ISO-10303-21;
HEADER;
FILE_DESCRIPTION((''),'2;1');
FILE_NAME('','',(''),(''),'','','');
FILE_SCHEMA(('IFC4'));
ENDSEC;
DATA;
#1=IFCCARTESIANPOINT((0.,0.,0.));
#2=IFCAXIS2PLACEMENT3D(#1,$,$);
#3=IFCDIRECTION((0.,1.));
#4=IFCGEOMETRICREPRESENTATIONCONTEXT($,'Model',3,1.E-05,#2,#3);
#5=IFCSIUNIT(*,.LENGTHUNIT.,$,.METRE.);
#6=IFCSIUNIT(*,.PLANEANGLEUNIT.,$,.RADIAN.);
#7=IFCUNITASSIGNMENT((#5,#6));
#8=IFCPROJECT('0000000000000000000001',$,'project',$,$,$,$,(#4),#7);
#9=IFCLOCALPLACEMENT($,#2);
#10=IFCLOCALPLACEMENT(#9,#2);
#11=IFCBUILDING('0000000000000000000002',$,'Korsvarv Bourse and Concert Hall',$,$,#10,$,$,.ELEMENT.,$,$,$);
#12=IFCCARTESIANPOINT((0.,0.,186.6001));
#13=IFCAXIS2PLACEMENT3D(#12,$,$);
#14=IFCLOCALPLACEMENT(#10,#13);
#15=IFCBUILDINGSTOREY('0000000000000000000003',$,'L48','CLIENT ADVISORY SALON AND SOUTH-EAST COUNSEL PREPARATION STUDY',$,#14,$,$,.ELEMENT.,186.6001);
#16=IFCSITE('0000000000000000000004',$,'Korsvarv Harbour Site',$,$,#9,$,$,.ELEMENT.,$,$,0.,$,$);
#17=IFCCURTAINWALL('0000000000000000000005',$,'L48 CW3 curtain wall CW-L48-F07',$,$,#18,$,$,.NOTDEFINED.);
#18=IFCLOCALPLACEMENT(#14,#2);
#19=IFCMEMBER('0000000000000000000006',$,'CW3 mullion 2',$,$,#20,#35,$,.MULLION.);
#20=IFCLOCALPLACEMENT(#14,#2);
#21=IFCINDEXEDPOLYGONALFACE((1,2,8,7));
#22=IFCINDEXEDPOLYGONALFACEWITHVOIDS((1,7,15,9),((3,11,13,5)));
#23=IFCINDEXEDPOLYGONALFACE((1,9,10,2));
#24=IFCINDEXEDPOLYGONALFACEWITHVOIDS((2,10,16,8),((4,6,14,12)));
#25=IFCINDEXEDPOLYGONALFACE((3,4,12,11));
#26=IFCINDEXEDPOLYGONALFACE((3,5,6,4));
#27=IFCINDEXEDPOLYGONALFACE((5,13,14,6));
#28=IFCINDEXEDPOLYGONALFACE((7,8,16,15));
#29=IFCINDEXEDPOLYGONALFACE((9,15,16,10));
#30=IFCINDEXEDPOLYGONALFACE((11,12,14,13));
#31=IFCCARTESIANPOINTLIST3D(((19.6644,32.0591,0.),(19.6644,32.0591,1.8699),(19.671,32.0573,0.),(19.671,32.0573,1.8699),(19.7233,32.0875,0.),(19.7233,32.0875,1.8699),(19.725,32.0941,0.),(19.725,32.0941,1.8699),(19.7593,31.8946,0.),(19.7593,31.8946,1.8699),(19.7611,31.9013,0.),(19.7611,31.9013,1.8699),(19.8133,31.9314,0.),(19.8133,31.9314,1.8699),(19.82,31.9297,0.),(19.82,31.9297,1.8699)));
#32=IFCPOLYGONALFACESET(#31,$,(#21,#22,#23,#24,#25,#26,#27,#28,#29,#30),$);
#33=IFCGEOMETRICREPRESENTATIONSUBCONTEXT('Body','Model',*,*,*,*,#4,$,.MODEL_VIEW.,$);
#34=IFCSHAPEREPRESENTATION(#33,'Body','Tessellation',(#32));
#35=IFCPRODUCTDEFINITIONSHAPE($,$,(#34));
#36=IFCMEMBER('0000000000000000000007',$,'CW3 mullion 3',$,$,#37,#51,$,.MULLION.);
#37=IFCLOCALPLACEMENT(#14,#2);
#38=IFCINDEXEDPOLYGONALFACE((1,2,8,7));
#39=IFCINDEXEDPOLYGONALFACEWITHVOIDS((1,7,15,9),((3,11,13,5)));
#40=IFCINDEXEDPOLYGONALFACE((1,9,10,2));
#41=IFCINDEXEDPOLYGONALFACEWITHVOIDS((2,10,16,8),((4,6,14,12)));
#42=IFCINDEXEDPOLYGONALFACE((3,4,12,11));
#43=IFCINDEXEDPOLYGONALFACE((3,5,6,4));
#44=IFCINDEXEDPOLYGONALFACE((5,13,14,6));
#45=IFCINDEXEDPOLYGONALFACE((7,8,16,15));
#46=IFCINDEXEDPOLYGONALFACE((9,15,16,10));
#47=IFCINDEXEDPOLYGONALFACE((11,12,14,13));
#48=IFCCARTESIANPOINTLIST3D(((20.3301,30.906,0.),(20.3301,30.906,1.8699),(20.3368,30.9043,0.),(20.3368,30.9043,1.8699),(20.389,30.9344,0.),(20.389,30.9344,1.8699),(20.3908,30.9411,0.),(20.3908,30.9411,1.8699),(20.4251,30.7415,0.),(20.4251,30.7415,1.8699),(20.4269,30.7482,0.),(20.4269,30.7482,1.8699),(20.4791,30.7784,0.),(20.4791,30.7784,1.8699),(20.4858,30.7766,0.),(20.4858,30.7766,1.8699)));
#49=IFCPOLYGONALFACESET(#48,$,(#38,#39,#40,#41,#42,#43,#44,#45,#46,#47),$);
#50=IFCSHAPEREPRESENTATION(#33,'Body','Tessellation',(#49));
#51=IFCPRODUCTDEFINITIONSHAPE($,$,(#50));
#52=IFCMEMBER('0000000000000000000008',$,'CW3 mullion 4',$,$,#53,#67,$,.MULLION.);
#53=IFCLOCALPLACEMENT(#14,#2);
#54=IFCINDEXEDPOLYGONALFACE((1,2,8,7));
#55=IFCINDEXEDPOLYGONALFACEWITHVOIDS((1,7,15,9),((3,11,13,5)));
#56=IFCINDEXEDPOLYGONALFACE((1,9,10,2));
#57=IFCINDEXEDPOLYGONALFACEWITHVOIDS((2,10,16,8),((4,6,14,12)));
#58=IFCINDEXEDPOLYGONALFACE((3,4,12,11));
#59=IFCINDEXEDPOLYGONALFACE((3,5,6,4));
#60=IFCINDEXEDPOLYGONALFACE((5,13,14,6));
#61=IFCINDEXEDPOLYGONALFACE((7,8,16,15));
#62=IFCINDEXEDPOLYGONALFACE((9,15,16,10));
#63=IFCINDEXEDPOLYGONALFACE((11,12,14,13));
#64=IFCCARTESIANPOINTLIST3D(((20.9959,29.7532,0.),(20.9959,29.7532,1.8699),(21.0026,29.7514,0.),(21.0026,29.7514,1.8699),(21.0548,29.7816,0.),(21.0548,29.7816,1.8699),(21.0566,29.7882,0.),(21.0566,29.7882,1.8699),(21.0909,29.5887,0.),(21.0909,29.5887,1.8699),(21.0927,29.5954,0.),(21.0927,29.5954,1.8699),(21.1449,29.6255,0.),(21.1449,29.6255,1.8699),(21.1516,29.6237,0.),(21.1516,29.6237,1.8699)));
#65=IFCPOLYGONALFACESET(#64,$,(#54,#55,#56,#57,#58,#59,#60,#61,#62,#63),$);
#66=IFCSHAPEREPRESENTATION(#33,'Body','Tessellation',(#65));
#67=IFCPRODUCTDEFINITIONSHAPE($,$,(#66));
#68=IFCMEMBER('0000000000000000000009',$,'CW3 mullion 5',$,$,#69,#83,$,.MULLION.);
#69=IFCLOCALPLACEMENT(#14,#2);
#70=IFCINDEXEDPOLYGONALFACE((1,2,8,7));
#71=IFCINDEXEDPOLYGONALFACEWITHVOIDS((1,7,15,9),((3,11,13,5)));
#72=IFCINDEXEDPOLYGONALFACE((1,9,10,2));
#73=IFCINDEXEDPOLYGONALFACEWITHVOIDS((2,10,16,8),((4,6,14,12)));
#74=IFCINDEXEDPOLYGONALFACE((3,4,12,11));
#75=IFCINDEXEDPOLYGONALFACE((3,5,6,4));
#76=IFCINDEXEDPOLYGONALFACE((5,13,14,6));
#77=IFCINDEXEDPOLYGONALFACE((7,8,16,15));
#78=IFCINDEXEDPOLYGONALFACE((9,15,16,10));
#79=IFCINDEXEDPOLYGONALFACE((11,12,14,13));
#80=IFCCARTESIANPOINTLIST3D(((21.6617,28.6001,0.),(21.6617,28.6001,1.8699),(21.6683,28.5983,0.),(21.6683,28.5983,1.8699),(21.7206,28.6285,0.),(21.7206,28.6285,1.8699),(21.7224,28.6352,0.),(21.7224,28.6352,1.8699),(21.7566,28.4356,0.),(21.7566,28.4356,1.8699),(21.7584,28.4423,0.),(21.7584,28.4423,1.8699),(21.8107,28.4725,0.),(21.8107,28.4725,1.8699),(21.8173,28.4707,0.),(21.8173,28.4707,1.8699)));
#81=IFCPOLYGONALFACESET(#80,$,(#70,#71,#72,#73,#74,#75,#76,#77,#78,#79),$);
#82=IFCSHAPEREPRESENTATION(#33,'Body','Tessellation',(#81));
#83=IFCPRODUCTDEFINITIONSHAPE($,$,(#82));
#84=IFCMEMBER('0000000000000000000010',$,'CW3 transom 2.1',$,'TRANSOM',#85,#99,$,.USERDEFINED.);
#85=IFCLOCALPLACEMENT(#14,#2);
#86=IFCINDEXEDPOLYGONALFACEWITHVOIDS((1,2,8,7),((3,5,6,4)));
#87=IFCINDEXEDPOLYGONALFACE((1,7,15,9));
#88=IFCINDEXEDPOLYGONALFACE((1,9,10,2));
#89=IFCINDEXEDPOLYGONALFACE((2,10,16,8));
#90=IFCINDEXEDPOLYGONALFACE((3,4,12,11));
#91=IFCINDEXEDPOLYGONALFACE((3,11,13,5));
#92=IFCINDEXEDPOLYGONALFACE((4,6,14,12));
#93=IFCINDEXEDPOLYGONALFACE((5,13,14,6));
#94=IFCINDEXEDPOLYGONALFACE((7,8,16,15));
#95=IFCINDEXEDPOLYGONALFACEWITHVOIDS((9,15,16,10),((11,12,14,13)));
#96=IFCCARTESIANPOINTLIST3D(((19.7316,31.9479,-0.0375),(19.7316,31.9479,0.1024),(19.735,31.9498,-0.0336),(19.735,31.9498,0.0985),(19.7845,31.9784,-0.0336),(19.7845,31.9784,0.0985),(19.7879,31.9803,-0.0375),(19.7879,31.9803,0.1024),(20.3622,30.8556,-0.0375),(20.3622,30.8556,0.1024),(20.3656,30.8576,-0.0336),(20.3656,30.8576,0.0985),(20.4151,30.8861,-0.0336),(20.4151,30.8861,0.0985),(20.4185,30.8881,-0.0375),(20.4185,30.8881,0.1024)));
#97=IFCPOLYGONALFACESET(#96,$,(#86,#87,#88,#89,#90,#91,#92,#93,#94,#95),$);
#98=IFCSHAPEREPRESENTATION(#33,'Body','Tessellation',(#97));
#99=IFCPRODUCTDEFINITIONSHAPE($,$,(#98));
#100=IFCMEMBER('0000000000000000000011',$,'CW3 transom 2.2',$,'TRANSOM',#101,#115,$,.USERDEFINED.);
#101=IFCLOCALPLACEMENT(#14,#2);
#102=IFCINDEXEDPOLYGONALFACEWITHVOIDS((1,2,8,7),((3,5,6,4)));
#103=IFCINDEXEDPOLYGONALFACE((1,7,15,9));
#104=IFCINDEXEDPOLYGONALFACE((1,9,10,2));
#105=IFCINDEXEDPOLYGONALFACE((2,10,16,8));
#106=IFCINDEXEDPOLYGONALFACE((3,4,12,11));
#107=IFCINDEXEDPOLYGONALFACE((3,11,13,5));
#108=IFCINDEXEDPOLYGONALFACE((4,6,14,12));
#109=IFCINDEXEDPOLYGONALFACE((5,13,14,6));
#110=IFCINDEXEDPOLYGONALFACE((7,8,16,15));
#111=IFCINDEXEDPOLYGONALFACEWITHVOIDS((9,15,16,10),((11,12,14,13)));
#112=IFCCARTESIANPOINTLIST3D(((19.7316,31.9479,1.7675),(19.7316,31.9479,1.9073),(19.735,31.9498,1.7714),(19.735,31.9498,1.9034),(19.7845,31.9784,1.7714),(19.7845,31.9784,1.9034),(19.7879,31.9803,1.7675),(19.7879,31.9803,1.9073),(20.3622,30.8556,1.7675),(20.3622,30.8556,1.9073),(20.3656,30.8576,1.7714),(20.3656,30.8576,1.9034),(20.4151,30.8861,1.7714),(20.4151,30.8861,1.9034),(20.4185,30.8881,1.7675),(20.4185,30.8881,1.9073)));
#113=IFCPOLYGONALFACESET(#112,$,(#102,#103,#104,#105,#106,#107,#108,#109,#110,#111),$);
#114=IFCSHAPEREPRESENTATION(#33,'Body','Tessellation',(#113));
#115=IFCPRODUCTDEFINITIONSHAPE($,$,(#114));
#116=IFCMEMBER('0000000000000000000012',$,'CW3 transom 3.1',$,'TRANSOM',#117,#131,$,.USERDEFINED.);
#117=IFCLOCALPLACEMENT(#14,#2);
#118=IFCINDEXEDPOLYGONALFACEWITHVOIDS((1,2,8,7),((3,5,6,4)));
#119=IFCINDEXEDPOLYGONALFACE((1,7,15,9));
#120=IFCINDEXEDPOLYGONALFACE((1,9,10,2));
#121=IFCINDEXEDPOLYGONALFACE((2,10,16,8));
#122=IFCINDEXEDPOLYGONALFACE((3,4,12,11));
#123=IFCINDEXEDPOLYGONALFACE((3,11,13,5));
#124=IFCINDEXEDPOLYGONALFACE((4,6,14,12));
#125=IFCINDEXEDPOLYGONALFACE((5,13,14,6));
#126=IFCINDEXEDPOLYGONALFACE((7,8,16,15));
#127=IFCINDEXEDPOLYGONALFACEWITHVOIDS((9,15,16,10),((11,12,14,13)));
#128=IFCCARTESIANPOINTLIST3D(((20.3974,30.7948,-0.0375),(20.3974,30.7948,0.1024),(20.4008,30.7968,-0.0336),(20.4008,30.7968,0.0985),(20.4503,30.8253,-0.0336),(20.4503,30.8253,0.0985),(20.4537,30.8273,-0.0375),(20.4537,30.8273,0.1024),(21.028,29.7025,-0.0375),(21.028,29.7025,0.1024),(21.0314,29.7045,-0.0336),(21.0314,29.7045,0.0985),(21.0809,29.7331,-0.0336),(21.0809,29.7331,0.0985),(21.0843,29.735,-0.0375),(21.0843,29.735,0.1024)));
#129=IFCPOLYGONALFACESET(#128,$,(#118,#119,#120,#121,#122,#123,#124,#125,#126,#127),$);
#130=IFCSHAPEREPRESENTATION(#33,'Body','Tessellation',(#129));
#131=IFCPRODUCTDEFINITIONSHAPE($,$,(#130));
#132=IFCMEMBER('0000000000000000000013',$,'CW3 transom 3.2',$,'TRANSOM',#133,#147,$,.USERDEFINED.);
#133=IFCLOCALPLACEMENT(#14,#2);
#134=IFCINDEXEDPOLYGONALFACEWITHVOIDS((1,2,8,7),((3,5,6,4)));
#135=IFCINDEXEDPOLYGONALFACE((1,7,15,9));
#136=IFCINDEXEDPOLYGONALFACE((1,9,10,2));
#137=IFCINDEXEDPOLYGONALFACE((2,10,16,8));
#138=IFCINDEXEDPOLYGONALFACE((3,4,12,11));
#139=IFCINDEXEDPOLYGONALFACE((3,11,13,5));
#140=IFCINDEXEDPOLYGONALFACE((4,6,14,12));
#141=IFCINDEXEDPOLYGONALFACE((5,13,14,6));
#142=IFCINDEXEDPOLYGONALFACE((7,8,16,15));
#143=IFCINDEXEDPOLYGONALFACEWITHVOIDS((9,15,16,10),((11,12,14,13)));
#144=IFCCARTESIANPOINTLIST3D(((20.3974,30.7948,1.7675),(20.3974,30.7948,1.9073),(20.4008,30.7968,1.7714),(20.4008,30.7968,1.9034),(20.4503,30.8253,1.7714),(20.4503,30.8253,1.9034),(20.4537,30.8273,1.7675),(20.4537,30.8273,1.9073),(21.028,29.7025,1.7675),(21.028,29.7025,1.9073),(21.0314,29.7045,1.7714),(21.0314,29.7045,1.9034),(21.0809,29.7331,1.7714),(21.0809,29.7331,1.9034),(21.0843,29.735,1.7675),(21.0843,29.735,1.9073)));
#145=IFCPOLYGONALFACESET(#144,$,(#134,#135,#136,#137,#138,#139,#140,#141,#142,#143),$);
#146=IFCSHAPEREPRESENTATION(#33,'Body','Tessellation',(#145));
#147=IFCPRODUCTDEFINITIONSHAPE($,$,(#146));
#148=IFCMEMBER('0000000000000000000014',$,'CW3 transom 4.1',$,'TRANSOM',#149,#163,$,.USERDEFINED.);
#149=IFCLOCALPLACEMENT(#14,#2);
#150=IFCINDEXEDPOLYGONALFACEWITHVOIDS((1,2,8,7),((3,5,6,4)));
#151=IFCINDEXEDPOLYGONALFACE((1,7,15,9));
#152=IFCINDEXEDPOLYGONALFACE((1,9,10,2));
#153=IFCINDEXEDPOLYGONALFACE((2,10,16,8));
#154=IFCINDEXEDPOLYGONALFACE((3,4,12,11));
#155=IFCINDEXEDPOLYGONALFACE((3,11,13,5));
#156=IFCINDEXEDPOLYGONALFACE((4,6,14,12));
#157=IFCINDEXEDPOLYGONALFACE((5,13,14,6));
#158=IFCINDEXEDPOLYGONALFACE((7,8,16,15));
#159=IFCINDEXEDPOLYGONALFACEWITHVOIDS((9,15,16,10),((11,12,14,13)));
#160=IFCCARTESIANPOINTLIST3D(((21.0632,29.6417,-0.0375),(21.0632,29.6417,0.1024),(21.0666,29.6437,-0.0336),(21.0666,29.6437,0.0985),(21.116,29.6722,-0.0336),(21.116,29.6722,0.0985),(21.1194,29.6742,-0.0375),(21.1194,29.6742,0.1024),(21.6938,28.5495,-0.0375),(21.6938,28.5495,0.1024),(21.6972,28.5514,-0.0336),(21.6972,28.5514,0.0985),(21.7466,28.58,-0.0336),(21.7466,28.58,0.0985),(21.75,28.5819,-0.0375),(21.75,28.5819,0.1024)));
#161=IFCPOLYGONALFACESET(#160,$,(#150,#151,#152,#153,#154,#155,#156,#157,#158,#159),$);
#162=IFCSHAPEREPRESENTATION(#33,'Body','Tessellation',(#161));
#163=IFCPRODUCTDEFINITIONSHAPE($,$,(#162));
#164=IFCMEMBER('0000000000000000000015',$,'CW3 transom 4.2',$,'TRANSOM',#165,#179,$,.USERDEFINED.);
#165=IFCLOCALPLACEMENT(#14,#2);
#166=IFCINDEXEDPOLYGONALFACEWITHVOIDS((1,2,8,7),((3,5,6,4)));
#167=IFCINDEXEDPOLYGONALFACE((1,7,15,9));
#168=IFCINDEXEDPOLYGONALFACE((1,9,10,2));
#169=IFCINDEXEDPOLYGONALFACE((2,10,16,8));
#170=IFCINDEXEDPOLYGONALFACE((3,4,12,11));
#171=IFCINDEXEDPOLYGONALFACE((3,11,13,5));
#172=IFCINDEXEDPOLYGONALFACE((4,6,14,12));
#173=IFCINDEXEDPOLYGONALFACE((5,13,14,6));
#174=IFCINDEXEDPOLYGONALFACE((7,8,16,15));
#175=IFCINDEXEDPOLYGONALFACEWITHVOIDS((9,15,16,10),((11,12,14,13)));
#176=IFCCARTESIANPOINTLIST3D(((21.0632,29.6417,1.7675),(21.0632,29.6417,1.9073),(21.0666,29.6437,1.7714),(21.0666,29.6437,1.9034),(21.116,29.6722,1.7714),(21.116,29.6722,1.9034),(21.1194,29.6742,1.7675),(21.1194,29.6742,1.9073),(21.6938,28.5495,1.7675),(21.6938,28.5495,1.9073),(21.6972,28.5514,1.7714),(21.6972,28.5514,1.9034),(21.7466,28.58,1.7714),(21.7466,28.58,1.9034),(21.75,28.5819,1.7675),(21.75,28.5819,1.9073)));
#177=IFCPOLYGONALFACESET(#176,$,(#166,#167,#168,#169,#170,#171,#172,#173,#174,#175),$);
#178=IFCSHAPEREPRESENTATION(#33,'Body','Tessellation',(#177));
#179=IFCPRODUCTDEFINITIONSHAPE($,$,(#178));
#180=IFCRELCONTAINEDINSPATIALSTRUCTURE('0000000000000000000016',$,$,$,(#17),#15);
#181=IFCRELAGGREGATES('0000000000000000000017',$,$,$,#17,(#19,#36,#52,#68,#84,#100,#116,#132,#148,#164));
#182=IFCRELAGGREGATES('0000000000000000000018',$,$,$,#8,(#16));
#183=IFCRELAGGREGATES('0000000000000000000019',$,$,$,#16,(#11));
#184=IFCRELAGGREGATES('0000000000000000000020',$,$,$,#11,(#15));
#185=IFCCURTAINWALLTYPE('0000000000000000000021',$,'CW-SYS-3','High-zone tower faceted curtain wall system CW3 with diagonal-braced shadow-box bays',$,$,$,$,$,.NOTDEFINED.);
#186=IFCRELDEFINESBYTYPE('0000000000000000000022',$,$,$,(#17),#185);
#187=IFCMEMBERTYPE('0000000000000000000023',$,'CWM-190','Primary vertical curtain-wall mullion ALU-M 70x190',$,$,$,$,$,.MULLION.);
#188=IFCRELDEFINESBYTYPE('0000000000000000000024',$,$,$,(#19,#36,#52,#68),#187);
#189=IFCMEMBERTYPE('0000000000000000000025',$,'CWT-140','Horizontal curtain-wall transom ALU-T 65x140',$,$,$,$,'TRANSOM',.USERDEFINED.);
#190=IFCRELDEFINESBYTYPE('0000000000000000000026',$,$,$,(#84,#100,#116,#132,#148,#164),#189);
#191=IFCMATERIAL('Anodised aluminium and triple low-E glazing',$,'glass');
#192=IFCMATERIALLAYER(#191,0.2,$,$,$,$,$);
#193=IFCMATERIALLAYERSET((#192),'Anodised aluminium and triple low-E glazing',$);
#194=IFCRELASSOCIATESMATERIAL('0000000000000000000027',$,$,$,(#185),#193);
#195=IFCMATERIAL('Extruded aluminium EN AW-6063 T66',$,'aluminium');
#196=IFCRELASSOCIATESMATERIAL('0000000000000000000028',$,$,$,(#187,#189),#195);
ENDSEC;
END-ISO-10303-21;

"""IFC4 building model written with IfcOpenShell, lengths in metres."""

from ifc_helpers import new_model, si_unit, direction, frame, origin, origin_2d, place, context, subcontext, project, spatial, hollow_rectangle, extrude, source, transform, mapped, material, layer, layer_set, material_profile, profile_set, type_object, element, aggregate, save


model = new_model("IFC4")

# Units and contexts
model_context = context("Model", 3, precision=1e-05, world=origin(), true_north=direction((0.0, 1.0)))
body_context = subcontext(model_context, "Body", "Model", "MODEL_VIEW")
ifc_project = project(units=[si_unit("LENGTHUNIT", "METRE"), si_unit("PLANEANGLEUNIT", "RADIAN")], contexts=[model_context])

# Site, building, storey
site_placement = place(None, origin())
site = spatial("IfcSite", under=ifc_project, at=site_placement, Name="Korsvarv Harbour Site", CompositionType="ELEMENT", RefElevation=0.0)
building_placement = place(site_placement, origin())
building = spatial("IfcBuilding", under=site, at=building_placement, Name="Korsvarv Bourse and Concert Hall", CompositionType="ELEMENT")
storey_placement = place(building_placement, frame((0.0, 0.0, 186.6001)))
storey = spatial("IfcBuildingStorey", under=building, at=storey_placement, Name="L48", Description="CLIENT ADVISORY SALON AND SOUTH-EAST COUNSEL PREPARATION STUDY", CompositionType="ELEMENT", Elevation=186.6001)

# Curtain wall, members
ifc_material_1 = material(Name="Anodised aluminium and triple low-E glazing", Category="glass")
ifc_layer_1 = layer(ifc_material_1, 0.2)
ifc_layer_set_1 = layer_set([ifc_layer_1], Name="Anodised aluminium and triple low-E glazing")
curtain_wall_type = type_object("IfcCurtainWallType", Name="CW-SYS-3", Description="High-zone tower faceted curtain wall system CW3 with diagonal-braced shadow-box bays", PredefinedType="NOTDEFINED", material=ifc_layer_set_1)
curtain_wall_placement = place(storey_placement, origin())
curtain_wall = element("IfcCurtainWall", 1, at=curtain_wall_placement, inside=storey, type_object=curtain_wall_type, Name="L48 CW3 curtain wall CW-L48-F07", PredefinedType="NOTDEFINED")
ifc_material_2 = material(Name="Extruded aluminium EN AW-6063 T66", Category="aluminium")
ifc_material_profile_1 = material_profile(ifc_material_2, hollow_rectangle(XDim=0.0701, YDim=0.1899, WallThickness=0.0049, at=origin_2d()), Name="ALU-M 70x190")
ifc_profile_set_1 = profile_set([ifc_material_profile_1], Name="Extruded aluminium EN AW-6063 T66")
member_type_1 = type_object("IfcMemberType", Name="CWM-190", Description="Primary vertical curtain-wall mullion ALU-M 70x190", PredefinedType="MULLION", material=ifc_profile_set_1)
shared_shape_1 = source(origin(), body_context, "Body", "SweptSolid", [
    extrude(hollow_rectangle(XDim=0.0701, YDim=0.1899, WallThickness=0.0049, at=origin_2d()), origin(), (0.0, 0.0, 1.0), 1.8699),
])
member_1_placement = place(storey_placement, frame((19.7422, 31.9944, 0.0), z_axis=(0.0, 0.0, 1.0), x_axis=(0.866029, 0.499994, 0.0)))
member_1 = element("IfcMember", 2, at=member_1_placement, type_object=member_type_1, Name="CW3 mullion 2", PredefinedType="MULLION", context=body_context, shape_type="MappedRepresentation", body=[
    mapped(shared_shape_1, transform((0.0, 0.0, 0.0), scale=1.0)),
])
member_2_placement = place(storey_placement, frame((20.408, 30.8413, 0.0), z_axis=(0.0, 0.0, 1.0), x_axis=(0.866029, 0.499994, 0.0)))
member_2 = element("IfcMember", 3, at=member_2_placement, type_object=member_type_1, Name="CW3 mullion 3", PredefinedType="MULLION", context=body_context, shape_type="MappedRepresentation", body=[
    mapped(shared_shape_1, transform((0.0, 0.0, 0.0), scale=1.0)),
])
member_3_placement = place(storey_placement, frame((21.0737, 29.6885, 0.0), z_axis=(0.0, 0.0, 1.0), x_axis=(0.866029, 0.499994, 0.0)))
member_3 = element("IfcMember", 4, at=member_3_placement, type_object=member_type_1, Name="CW3 mullion 4", PredefinedType="MULLION", context=body_context, shape_type="MappedRepresentation", body=[
    mapped(shared_shape_1, transform((0.0, 0.0, 0.0), scale=1.0)),
])
member_4_placement = place(storey_placement, frame((21.7395, 28.5354, 0.0), z_axis=(0.0, 0.0, 1.0), x_axis=(0.866029, 0.499994, 0.0)))
member_4 = element("IfcMember", 5, at=member_4_placement, type_object=member_type_1, Name="CW3 mullion 5", PredefinedType="MULLION", context=body_context, shape_type="MappedRepresentation", body=[
    mapped(shared_shape_1, transform((0.0, 0.0, 0.0), scale=1.0)),
])
ifc_material_profile_2 = material_profile(ifc_material_2, hollow_rectangle(XDim=0.0649, YDim=0.1399, WallThickness=0.0039, at=origin_2d()), Name="ALU-T 65x140")
ifc_profile_set_2 = profile_set([ifc_material_profile_2], Name="Extruded aluminium EN AW-6063 T66")
member_type_2 = type_object("IfcMemberType", Name="CWT-140", Description="Horizontal curtain-wall transom ALU-T 65x140", ElementType="TRANSOM", PredefinedType="USERDEFINED", material=ifc_profile_set_2)
shared_shape_2 = source(origin(), body_context, "Body", "SweptSolid", [
    extrude(hollow_rectangle(XDim=0.0649, YDim=0.1399, WallThickness=0.0039, at=origin_2d()), origin(), (0.0, 0.0, 1.0), 1.2612),
])
member_5_placement = place(storey_placement, frame((19.7598, 31.9641, 0.0325), z_axis=(0.499991, -0.866031, 0.0), x_axis=(0.866031, 0.499991, 0.0)))
member_5 = element("IfcMember", 6, at=member_5_placement, type_object=member_type_2, Name="CW3 transom 2.1", ObjectType="TRANSOM", PredefinedType="USERDEFINED", context=body_context, shape_type="MappedRepresentation", body=[
    mapped(shared_shape_2, transform((0.0, 0.0, 0.0), scale=1.0)),
])
member_6_placement = place(storey_placement, frame((19.7598, 31.9641, 1.8374), z_axis=(0.499991, -0.866031, 0.0), x_axis=(0.866031, 0.499991, 0.0)))
member_6 = element("IfcMember", 7, at=member_6_placement, type_object=member_type_2, Name="CW3 transom 2.2", ObjectType="TRANSOM", PredefinedType="USERDEFINED", context=body_context, shape_type="MappedRepresentation", body=[
    mapped(shared_shape_2, transform((0.0, 0.0, 0.0), scale=1.0)),
])
member_7_placement = place(storey_placement, frame((20.4255, 30.811, 0.0325), z_axis=(0.499991, -0.866031, 0.0), x_axis=(0.866031, 0.499991, 0.0)))
member_7 = element("IfcMember", 8, at=member_7_placement, type_object=member_type_2, Name="CW3 transom 3.1", ObjectType="TRANSOM", PredefinedType="USERDEFINED", context=body_context, shape_type="MappedRepresentation", body=[
    mapped(shared_shape_2, transform((0.0, 0.0, 0.0), scale=1.0)),
])
member_8_placement = place(storey_placement, frame((20.4255, 30.811, 1.8374), z_axis=(0.499991, -0.866031, 0.0), x_axis=(0.866031, 0.499991, 0.0)))
member_8 = element("IfcMember", 9, at=member_8_placement, type_object=member_type_2, Name="CW3 transom 3.2", ObjectType="TRANSOM", PredefinedType="USERDEFINED", context=body_context, shape_type="MappedRepresentation", body=[
    mapped(shared_shape_2, transform((0.0, 0.0, 0.0), scale=1.0)),
])
member_9_placement = place(storey_placement, frame((21.0913, 29.658, 0.0325), z_axis=(0.499991, -0.866031, 0.0), x_axis=(0.866031, 0.499991, 0.0)))
member_9 = element("IfcMember", 10, at=member_9_placement, type_object=member_type_2, Name="CW3 transom 4.1", ObjectType="TRANSOM", PredefinedType="USERDEFINED", context=body_context, shape_type="MappedRepresentation", body=[
    mapped(shared_shape_2, transform((0.0, 0.0, 0.0), scale=1.0)),
])
member_10_placement = place(storey_placement, frame((21.0913, 29.658, 1.8374), z_axis=(0.499991, -0.866031, 0.0), x_axis=(0.866031, 0.499991, 0.0)))
member_10 = element("IfcMember", 11, at=member_10_placement, type_object=member_type_2, Name="CW3 transom 4.2", ObjectType="TRANSOM", PredefinedType="USERDEFINED", context=body_context, shape_type="MappedRepresentation", body=[
    mapped(shared_shape_2, transform((0.0, 0.0, 0.0), scale=1.0)),
])

aggregate(curtain_wall, [member_1, member_2, member_3, member_4, member_5, member_6, member_7, member_8, member_9, member_10])

save(model, "model.ifc")
